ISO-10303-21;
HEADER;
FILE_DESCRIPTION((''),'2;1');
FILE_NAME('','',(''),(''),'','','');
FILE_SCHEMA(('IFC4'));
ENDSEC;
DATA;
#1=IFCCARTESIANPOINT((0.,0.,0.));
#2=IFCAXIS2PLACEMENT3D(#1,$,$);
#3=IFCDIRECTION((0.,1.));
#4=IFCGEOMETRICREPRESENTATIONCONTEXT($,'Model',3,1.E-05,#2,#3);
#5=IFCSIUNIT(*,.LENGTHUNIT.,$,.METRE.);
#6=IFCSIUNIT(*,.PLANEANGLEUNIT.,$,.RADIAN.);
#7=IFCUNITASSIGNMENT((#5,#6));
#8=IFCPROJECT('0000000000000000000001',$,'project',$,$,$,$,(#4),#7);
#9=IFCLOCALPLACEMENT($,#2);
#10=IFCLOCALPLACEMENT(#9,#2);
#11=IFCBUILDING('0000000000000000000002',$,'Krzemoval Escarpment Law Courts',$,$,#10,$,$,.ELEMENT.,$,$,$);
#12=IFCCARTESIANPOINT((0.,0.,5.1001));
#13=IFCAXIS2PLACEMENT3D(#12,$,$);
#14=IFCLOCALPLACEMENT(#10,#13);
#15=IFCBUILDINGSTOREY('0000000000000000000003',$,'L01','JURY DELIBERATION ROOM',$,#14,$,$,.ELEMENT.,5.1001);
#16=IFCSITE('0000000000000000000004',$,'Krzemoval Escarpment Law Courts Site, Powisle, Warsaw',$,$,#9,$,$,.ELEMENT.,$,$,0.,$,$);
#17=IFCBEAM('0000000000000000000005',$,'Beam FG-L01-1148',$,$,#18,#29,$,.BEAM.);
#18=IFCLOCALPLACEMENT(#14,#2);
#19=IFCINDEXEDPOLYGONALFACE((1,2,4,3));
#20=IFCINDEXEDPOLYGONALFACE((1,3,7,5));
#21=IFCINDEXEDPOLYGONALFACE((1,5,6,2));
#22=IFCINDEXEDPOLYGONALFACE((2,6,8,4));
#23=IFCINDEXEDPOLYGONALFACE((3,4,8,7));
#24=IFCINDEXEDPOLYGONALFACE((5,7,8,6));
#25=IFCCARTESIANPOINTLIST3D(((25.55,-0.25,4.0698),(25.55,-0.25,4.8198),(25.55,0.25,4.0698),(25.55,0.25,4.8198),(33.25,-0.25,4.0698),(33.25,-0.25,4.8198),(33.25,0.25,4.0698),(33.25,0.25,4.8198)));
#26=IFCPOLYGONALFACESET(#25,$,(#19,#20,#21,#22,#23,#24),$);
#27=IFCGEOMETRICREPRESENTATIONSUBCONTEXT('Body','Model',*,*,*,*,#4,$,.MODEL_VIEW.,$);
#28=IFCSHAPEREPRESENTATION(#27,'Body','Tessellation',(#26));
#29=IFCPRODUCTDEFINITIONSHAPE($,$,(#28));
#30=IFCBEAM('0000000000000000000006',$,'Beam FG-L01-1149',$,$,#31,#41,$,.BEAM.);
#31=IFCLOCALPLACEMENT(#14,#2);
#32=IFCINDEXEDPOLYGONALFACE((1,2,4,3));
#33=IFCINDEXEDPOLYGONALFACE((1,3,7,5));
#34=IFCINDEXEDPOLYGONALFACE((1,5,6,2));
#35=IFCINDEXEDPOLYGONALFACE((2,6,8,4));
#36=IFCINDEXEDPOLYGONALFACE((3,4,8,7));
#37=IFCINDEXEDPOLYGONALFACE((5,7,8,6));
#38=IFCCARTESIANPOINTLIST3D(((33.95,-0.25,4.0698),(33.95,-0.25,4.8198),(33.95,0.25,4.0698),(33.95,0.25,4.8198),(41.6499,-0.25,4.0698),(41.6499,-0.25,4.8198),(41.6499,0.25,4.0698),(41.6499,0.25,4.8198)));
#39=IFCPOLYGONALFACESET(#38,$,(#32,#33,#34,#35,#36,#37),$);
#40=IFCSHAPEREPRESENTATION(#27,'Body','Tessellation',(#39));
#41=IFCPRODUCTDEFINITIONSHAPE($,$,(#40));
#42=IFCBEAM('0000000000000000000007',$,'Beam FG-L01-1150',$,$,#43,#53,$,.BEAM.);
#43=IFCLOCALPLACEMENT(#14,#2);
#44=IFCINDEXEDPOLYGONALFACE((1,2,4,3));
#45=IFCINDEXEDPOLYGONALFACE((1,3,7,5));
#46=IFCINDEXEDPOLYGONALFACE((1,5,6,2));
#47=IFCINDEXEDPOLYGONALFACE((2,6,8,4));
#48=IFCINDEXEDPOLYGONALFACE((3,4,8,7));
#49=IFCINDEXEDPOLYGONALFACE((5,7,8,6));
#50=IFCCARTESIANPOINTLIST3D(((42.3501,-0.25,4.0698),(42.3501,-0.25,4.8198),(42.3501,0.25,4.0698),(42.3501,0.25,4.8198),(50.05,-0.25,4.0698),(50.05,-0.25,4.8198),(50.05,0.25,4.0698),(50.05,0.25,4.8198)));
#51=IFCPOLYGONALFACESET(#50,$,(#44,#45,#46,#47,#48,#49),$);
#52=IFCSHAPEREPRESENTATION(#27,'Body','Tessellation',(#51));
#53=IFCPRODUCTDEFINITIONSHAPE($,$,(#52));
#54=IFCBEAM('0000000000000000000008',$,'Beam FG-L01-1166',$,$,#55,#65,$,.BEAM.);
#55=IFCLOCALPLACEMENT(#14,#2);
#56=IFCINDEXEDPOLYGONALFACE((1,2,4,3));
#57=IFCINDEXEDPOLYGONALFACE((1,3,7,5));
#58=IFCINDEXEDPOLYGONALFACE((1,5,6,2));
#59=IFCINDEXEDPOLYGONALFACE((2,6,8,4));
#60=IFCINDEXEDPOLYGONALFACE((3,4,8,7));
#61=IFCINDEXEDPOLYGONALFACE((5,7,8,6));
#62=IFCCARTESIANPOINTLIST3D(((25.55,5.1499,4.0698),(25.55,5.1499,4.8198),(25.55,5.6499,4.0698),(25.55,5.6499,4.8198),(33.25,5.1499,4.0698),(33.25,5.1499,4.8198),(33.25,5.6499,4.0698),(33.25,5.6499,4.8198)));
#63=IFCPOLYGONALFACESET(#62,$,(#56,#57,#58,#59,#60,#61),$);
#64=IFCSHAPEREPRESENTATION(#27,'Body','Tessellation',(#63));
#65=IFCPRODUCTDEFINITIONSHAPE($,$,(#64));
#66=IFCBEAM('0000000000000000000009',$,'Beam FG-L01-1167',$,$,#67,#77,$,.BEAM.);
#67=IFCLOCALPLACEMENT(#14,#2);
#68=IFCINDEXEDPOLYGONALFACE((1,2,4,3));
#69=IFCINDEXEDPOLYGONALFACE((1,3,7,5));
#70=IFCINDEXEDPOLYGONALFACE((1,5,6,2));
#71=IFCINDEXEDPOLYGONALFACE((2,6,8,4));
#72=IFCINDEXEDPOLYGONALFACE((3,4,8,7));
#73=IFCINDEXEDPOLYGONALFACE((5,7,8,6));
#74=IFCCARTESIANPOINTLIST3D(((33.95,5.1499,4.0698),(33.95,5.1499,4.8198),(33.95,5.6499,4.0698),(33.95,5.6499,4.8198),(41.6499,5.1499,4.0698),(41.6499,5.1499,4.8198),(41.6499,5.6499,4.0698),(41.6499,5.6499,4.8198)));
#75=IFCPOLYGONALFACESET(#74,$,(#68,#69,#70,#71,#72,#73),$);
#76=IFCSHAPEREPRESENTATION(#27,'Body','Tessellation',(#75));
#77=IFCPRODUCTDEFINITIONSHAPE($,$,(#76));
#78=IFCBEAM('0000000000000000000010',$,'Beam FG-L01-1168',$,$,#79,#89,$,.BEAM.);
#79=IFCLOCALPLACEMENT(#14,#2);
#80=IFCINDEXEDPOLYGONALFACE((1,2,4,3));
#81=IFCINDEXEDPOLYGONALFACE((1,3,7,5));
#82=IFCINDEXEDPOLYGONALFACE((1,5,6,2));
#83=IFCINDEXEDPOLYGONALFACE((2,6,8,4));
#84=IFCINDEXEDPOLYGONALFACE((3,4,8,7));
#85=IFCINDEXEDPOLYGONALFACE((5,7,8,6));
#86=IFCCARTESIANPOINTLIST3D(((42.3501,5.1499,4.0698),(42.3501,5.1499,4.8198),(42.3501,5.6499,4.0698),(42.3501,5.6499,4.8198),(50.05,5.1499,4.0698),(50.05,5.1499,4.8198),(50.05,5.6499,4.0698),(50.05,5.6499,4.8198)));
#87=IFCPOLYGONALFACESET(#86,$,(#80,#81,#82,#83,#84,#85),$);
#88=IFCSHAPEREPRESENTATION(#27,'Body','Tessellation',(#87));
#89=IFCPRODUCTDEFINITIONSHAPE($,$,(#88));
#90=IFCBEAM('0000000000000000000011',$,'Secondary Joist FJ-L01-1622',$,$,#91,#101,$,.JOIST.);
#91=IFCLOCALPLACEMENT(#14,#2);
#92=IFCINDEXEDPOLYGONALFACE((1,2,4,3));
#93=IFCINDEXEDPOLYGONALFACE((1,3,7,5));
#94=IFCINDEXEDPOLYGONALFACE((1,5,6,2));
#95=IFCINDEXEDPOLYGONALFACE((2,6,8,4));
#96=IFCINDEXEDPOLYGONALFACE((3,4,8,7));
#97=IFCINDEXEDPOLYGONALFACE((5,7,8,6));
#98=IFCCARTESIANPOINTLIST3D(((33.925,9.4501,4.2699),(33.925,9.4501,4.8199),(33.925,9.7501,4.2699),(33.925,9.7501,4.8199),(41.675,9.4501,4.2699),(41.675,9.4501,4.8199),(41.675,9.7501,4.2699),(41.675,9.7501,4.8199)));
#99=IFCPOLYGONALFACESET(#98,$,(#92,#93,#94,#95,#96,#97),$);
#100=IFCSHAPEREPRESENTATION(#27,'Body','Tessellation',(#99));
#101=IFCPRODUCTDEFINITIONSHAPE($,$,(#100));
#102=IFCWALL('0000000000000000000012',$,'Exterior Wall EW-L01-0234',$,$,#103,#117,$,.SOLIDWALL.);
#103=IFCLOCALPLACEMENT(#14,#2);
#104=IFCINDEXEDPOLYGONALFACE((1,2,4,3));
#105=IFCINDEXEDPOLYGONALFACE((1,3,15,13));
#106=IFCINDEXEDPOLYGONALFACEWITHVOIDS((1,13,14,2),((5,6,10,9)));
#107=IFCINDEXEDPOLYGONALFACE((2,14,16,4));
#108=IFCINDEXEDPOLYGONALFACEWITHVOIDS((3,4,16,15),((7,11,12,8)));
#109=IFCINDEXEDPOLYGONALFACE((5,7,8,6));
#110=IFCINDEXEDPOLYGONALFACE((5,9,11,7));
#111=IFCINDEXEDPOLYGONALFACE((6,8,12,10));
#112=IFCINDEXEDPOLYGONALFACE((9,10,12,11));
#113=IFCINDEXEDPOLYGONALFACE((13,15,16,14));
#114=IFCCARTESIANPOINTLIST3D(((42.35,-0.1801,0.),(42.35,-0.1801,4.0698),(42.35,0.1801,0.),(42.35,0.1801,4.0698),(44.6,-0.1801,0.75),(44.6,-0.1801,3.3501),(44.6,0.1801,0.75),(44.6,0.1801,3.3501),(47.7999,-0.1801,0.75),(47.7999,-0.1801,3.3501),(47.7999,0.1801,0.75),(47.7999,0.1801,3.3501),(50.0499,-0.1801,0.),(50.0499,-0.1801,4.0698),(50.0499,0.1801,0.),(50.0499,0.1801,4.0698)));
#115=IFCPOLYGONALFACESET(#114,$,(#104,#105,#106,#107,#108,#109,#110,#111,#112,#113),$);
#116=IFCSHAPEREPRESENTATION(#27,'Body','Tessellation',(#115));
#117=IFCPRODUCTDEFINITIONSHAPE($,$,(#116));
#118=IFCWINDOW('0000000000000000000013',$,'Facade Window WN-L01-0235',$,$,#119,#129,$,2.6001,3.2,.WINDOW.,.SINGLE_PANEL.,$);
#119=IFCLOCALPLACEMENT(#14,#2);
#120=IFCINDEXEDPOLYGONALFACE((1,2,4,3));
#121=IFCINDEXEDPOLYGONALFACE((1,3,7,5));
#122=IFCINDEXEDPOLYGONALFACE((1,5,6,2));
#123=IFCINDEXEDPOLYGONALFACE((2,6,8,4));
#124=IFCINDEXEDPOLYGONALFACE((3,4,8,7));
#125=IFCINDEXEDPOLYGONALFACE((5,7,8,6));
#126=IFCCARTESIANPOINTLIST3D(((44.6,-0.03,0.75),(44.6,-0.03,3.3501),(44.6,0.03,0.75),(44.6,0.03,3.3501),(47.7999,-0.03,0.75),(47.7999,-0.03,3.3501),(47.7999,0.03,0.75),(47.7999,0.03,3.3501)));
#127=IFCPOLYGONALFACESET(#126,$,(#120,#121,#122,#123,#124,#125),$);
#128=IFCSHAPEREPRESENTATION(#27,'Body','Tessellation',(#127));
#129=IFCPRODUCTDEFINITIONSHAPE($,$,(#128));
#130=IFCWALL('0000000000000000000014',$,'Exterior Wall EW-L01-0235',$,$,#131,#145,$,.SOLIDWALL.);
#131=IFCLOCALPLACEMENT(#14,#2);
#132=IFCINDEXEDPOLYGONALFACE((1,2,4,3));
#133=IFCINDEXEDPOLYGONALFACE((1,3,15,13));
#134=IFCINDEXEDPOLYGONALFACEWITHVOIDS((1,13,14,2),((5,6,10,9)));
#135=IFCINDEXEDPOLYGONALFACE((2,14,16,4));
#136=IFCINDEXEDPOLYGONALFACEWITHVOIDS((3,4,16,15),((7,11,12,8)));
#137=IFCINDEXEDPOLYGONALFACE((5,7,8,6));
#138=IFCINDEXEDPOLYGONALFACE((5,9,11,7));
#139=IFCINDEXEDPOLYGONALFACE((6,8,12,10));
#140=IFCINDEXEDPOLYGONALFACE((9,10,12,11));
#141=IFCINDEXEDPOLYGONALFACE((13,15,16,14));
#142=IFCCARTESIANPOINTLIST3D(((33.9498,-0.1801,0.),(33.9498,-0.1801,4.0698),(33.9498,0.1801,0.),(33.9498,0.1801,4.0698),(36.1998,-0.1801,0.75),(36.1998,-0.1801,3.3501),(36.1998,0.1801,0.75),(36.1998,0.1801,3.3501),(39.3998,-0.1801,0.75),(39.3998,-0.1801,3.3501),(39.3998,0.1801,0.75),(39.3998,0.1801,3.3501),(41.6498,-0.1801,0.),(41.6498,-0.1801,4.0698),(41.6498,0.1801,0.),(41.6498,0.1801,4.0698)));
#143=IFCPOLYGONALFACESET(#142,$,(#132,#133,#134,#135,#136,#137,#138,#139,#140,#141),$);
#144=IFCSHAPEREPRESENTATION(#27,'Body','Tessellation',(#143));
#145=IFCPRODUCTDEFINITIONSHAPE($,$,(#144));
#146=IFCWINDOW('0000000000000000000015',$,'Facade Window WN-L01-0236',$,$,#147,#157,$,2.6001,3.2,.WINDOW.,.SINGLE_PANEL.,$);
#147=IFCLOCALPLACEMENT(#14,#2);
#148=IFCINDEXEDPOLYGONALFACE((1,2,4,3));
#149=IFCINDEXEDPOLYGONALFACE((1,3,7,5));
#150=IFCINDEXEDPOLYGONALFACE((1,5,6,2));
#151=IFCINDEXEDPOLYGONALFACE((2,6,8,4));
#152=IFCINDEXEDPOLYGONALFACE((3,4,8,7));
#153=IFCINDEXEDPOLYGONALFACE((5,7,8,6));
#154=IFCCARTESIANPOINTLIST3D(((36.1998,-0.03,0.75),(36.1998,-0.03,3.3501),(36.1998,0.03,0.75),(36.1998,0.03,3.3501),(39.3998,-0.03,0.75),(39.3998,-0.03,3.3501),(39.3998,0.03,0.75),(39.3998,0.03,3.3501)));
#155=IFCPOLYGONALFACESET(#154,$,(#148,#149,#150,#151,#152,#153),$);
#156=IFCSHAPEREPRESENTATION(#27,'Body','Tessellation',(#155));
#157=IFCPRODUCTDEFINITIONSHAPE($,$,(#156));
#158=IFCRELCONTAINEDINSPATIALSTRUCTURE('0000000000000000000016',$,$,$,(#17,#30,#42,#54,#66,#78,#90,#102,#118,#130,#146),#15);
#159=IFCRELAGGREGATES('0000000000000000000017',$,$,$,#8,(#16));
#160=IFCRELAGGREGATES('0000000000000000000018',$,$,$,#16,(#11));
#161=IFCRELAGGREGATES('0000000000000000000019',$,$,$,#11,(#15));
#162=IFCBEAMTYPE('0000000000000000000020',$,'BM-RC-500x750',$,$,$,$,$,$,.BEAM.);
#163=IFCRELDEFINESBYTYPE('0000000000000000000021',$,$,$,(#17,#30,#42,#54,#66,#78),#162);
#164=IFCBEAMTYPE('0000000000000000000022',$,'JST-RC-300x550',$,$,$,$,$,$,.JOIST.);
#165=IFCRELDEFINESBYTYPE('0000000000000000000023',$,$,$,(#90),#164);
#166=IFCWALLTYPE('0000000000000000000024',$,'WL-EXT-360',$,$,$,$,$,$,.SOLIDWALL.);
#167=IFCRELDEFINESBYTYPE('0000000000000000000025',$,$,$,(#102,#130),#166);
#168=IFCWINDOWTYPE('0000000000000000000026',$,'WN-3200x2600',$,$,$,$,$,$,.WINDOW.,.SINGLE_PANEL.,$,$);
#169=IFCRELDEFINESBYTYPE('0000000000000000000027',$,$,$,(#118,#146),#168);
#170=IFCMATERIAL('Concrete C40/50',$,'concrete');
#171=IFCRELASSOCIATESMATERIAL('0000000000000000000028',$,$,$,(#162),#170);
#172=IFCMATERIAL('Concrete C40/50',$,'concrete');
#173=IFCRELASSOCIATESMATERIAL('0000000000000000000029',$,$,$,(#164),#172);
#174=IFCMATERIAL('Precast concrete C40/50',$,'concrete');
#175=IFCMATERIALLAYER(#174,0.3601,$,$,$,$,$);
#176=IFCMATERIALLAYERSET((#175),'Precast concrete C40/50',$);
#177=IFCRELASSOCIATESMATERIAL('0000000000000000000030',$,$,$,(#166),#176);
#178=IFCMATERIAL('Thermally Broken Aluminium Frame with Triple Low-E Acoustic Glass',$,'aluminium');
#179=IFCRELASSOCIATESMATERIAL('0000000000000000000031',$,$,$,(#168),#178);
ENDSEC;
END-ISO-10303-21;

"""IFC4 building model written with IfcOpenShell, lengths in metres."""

from ifc_helpers import new_model, si_unit, direction, frame, frame_2d, origin, origin_2d, place, context, subcontext, project, spatial, rectangle, extrude, material, layer, layer_set, material_profile, profile_set, type_object, element, fill, save


model = new_model("IFC4")

# Units and contexts
model_context = context("Model", 3, precision=1e-05, world=origin(), true_north=direction((0.0, 1.0)))
body_context = subcontext(model_context, "Body", "Model", "MODEL_VIEW")
ifc_project = project(units=[si_unit("LENGTHUNIT", "METRE"), si_unit("PLANEANGLEUNIT", "RADIAN")], contexts=[model_context])

# Site, building, storey
site_placement = place(None, origin())
site = spatial("IfcSite", under=ifc_project, at=site_placement, Name="Krzemoval Escarpment Law Courts Site, Powisle, Warsaw", CompositionType="ELEMENT", RefElevation=0.0)
building_placement = place(site_placement, origin())
building = spatial("IfcBuilding", under=site, at=building_placement, Name="Krzemoval Escarpment Law Courts", CompositionType="ELEMENT")
storey_placement = place(building_placement, frame((0.0, 0.0, 5.1001)))
storey = spatial("IfcBuildingStorey", under=building, at=storey_placement, Name="L01", Description="JURY DELIBERATION ROOM", CompositionType="ELEMENT", Elevation=5.1001)

# Beams
ifc_material_1 = material(Name="Concrete C40/50", Category="concrete")
ifc_material_profile_1 = material_profile(ifc_material_1, rectangle(XDim=0.5, YDim=0.75, at=origin_2d()), Name="RCB 500x750")
ifc_profile_set_1 = profile_set([ifc_material_profile_1], Name="Concrete C40/50")
beam_type_1 = type_object("IfcBeamType", Name="BM-RC-500x750", PredefinedType="BEAM", material=ifc_profile_set_1)
for number, where, z_axis, x_axis, name in (
    (1, (25.55, 0.0, 4.4448), (1.0, 0.0, 0.0), (0.0, 1.0, 0.0), "Beam FG-L01-1148"),
    (2, (33.95, 0.0, 4.4448), (1.0, 0.0, 0.0), (0.0, 1.0, 0.0), "Beam FG-L01-1149"),
    (3, (42.3501, 0.0, 4.4448), (1.0, 0.0, 0.0), (0.0, 1.0, 0.0), "Beam FG-L01-1150"),
    (4, (25.55, 5.3999, 4.4448), (1.0, 0.0, 0.0), (0.0, 1.0, 0.0), "Beam FG-L01-1166"),
    (5, (33.95, 5.3999, 4.4448), (1.0, 0.0, 0.0), (0.0, 1.0, 0.0), "Beam FG-L01-1167"),
    (6, (42.3501, 5.3999, 4.4448), (1.0, 0.0, 0.0), (0.0, 1.0, 0.0), "Beam FG-L01-1168"),
):
    element("IfcBeam", number, at=place(storey_placement, frame(where, z_axis=z_axis, x_axis=x_axis)), inside=storey, type_object=beam_type_1, Name=name, PredefinedType="BEAM", context=body_context, shape_type="SweptSolid", body=[
        extrude(rectangle(XDim=0.5, YDim=0.75, at=origin_2d()), origin(), (0.0, 0.0, 1.0), 7.7),
    ])
ifc_material_2 = material(Name="Concrete C40/50", Category="concrete")
ifc_material_profile_2 = material_profile(ifc_material_2, rectangle(XDim=0.3, YDim=0.55, at=origin_2d()), Name="RCB 300x550")
ifc_profile_set_2 = profile_set([ifc_material_profile_2], Name="Concrete C40/50")
beam_type_2 = type_object("IfcBeamType", Name="JST-RC-300x550", PredefinedType="JOIST", material=ifc_profile_set_2)
beam_placement = place(storey_placement, frame((33.925, 9.6001, 4.5449), z_axis=(1.0, 0.0, 0.0), x_axis=(0.0, 1.0, 0.0)))
element("IfcBeam", 7, at=beam_placement, inside=storey, type_object=beam_type_2, Name="Secondary Joist FJ-L01-1622", PredefinedType="JOIST", context=body_context, shape_type="SweptSolid", body=[
    extrude(rectangle(XDim=0.3, YDim=0.55, at=origin_2d()), origin(), (0.0, 0.0, 1.0), 7.75),
])

# Walls, openings, windows
ifc_material_3 = material(Name="Precast concrete C40/50", Category="concrete")
ifc_layer_1 = layer(ifc_material_3, 0.3601)
ifc_layer_set_1 = layer_set([ifc_layer_1], Name="Precast concrete C40/50")
wall_type_1 = type_object("IfcWallType", Name="WL-EXT-360", PredefinedType="SOLIDWALL", material=ifc_layer_set_1)
wall_1_placement = place(storey_placement, frame((50.05, 0.0, 0.0), z_axis=(0.0, 0.0, 1.0), x_axis=(-1.0, 0.0, 0.0)))
wall_1 = element("IfcWall", 8, at=wall_1_placement, inside=storey, type_object=wall_type_1, Name="Exterior Wall EW-L01-0234", PredefinedType="SOLIDWALL", context=body_context, shape_type="SweptSolid", body=[
    extrude(rectangle(XDim=7.7, YDim=0.3601, at=frame_2d((3.8501, 0.0))), origin(), (0.0, 0.0, 1.0), 4.0698),
])
opening_1_placement = place(wall_1_placement, frame((2.25, 0.0, 0.75)))
opening_1 = element("IfcOpeningElement", 9, at=opening_1_placement, cuts=wall_1, PredefinedType="OPENING", context=body_context, shape_type="SweptSolid", body=[
    extrude(rectangle(XDim=3.2, YDim=2.6001, at=frame_2d((1.6001, 1.3))), frame((0.0, 0.1951, 0.0), z_axis=(0.0, -1.0, 0.0), x_axis=(1.0, 0.0, 0.0)), (0.0, 0.0, 1.0), 0.3901),
])
ifc_material_4 = material(Name="Thermally Broken Aluminium Frame with Triple Low-E Acoustic Glass", Category="aluminium")
window_type_1 = type_object("IfcWindowType", Name="WN-3200x2600", PartitioningType="SINGLE_PANEL", PredefinedType="WINDOW", material=ifc_material_4)
window_1_placement = place(opening_1_placement, origin())
window_1 = element("IfcWindow", 10, at=window_1_placement, inside=storey, type_object=window_type_1, Name="Facade Window WN-L01-0235", OverallHeight=2.6001, OverallWidth=3.2, PartitioningType="SINGLE_PANEL", PredefinedType="WINDOW", context=body_context, shape_type="SweptSolid", body=[
    extrude(rectangle(XDim=3.2, YDim=2.6001, at=frame_2d((1.6001, 1.3))), frame((0.0, 0.03, 0.0), z_axis=(0.0, -1.0, 0.0), x_axis=(1.0, 0.0, 0.0)), (0.0, 0.0, 1.0), 0.0601),
])
fill(opening_1, window_1)
wall_2_placement = place(storey_placement, frame((41.6499, 0.0, 0.0), z_axis=(0.0, 0.0, 1.0), x_axis=(-1.0, 0.0, 0.0)))
wall_2 = element("IfcWall", 11, at=wall_2_placement, inside=storey, type_object=wall_type_1, Name="Exterior Wall EW-L01-0235", PredefinedType="SOLIDWALL", context=body_context, shape_type="SweptSolid", body=[
    extrude(rectangle(XDim=7.7, YDim=0.3601, at=frame_2d((3.8501, 0.0))), origin(), (0.0, 0.0, 1.0), 4.0698),
])
opening_2_placement = place(wall_2_placement, frame((2.25, 0.0, 0.75)))
opening_2 = element("IfcOpeningElement", 12, at=opening_2_placement, cuts=wall_2, PredefinedType="OPENING", context=body_context, shape_type="SweptSolid", body=[
    extrude(rectangle(XDim=3.2, YDim=2.6001, at=frame_2d((1.6001, 1.3))), frame((0.0, 0.1951, 0.0), z_axis=(0.0, -1.0, 0.0), x_axis=(1.0, 0.0, 0.0)), (0.0, 0.0, 1.0), 0.3901),
])
window_2_placement = place(opening_2_placement, origin())
window_2 = element("IfcWindow", 13, at=window_2_placement, inside=storey, type_object=window_type_1, Name="Facade Window WN-L01-0236", OverallHeight=2.6001, OverallWidth=3.2, PartitioningType="SINGLE_PANEL", PredefinedType="WINDOW", context=body_context, shape_type="SweptSolid", body=[
    extrude(rectangle(XDim=3.2, YDim=2.6001, at=frame_2d((1.6001, 1.3))), frame((0.0, 0.03, 0.0), z_axis=(0.0, -1.0, 0.0), x_axis=(1.0, 0.0, 0.0)), (0.0, 0.0, 1.0), 0.0601),
])
fill(opening_2, window_2)

save(model, "model.ifc")
